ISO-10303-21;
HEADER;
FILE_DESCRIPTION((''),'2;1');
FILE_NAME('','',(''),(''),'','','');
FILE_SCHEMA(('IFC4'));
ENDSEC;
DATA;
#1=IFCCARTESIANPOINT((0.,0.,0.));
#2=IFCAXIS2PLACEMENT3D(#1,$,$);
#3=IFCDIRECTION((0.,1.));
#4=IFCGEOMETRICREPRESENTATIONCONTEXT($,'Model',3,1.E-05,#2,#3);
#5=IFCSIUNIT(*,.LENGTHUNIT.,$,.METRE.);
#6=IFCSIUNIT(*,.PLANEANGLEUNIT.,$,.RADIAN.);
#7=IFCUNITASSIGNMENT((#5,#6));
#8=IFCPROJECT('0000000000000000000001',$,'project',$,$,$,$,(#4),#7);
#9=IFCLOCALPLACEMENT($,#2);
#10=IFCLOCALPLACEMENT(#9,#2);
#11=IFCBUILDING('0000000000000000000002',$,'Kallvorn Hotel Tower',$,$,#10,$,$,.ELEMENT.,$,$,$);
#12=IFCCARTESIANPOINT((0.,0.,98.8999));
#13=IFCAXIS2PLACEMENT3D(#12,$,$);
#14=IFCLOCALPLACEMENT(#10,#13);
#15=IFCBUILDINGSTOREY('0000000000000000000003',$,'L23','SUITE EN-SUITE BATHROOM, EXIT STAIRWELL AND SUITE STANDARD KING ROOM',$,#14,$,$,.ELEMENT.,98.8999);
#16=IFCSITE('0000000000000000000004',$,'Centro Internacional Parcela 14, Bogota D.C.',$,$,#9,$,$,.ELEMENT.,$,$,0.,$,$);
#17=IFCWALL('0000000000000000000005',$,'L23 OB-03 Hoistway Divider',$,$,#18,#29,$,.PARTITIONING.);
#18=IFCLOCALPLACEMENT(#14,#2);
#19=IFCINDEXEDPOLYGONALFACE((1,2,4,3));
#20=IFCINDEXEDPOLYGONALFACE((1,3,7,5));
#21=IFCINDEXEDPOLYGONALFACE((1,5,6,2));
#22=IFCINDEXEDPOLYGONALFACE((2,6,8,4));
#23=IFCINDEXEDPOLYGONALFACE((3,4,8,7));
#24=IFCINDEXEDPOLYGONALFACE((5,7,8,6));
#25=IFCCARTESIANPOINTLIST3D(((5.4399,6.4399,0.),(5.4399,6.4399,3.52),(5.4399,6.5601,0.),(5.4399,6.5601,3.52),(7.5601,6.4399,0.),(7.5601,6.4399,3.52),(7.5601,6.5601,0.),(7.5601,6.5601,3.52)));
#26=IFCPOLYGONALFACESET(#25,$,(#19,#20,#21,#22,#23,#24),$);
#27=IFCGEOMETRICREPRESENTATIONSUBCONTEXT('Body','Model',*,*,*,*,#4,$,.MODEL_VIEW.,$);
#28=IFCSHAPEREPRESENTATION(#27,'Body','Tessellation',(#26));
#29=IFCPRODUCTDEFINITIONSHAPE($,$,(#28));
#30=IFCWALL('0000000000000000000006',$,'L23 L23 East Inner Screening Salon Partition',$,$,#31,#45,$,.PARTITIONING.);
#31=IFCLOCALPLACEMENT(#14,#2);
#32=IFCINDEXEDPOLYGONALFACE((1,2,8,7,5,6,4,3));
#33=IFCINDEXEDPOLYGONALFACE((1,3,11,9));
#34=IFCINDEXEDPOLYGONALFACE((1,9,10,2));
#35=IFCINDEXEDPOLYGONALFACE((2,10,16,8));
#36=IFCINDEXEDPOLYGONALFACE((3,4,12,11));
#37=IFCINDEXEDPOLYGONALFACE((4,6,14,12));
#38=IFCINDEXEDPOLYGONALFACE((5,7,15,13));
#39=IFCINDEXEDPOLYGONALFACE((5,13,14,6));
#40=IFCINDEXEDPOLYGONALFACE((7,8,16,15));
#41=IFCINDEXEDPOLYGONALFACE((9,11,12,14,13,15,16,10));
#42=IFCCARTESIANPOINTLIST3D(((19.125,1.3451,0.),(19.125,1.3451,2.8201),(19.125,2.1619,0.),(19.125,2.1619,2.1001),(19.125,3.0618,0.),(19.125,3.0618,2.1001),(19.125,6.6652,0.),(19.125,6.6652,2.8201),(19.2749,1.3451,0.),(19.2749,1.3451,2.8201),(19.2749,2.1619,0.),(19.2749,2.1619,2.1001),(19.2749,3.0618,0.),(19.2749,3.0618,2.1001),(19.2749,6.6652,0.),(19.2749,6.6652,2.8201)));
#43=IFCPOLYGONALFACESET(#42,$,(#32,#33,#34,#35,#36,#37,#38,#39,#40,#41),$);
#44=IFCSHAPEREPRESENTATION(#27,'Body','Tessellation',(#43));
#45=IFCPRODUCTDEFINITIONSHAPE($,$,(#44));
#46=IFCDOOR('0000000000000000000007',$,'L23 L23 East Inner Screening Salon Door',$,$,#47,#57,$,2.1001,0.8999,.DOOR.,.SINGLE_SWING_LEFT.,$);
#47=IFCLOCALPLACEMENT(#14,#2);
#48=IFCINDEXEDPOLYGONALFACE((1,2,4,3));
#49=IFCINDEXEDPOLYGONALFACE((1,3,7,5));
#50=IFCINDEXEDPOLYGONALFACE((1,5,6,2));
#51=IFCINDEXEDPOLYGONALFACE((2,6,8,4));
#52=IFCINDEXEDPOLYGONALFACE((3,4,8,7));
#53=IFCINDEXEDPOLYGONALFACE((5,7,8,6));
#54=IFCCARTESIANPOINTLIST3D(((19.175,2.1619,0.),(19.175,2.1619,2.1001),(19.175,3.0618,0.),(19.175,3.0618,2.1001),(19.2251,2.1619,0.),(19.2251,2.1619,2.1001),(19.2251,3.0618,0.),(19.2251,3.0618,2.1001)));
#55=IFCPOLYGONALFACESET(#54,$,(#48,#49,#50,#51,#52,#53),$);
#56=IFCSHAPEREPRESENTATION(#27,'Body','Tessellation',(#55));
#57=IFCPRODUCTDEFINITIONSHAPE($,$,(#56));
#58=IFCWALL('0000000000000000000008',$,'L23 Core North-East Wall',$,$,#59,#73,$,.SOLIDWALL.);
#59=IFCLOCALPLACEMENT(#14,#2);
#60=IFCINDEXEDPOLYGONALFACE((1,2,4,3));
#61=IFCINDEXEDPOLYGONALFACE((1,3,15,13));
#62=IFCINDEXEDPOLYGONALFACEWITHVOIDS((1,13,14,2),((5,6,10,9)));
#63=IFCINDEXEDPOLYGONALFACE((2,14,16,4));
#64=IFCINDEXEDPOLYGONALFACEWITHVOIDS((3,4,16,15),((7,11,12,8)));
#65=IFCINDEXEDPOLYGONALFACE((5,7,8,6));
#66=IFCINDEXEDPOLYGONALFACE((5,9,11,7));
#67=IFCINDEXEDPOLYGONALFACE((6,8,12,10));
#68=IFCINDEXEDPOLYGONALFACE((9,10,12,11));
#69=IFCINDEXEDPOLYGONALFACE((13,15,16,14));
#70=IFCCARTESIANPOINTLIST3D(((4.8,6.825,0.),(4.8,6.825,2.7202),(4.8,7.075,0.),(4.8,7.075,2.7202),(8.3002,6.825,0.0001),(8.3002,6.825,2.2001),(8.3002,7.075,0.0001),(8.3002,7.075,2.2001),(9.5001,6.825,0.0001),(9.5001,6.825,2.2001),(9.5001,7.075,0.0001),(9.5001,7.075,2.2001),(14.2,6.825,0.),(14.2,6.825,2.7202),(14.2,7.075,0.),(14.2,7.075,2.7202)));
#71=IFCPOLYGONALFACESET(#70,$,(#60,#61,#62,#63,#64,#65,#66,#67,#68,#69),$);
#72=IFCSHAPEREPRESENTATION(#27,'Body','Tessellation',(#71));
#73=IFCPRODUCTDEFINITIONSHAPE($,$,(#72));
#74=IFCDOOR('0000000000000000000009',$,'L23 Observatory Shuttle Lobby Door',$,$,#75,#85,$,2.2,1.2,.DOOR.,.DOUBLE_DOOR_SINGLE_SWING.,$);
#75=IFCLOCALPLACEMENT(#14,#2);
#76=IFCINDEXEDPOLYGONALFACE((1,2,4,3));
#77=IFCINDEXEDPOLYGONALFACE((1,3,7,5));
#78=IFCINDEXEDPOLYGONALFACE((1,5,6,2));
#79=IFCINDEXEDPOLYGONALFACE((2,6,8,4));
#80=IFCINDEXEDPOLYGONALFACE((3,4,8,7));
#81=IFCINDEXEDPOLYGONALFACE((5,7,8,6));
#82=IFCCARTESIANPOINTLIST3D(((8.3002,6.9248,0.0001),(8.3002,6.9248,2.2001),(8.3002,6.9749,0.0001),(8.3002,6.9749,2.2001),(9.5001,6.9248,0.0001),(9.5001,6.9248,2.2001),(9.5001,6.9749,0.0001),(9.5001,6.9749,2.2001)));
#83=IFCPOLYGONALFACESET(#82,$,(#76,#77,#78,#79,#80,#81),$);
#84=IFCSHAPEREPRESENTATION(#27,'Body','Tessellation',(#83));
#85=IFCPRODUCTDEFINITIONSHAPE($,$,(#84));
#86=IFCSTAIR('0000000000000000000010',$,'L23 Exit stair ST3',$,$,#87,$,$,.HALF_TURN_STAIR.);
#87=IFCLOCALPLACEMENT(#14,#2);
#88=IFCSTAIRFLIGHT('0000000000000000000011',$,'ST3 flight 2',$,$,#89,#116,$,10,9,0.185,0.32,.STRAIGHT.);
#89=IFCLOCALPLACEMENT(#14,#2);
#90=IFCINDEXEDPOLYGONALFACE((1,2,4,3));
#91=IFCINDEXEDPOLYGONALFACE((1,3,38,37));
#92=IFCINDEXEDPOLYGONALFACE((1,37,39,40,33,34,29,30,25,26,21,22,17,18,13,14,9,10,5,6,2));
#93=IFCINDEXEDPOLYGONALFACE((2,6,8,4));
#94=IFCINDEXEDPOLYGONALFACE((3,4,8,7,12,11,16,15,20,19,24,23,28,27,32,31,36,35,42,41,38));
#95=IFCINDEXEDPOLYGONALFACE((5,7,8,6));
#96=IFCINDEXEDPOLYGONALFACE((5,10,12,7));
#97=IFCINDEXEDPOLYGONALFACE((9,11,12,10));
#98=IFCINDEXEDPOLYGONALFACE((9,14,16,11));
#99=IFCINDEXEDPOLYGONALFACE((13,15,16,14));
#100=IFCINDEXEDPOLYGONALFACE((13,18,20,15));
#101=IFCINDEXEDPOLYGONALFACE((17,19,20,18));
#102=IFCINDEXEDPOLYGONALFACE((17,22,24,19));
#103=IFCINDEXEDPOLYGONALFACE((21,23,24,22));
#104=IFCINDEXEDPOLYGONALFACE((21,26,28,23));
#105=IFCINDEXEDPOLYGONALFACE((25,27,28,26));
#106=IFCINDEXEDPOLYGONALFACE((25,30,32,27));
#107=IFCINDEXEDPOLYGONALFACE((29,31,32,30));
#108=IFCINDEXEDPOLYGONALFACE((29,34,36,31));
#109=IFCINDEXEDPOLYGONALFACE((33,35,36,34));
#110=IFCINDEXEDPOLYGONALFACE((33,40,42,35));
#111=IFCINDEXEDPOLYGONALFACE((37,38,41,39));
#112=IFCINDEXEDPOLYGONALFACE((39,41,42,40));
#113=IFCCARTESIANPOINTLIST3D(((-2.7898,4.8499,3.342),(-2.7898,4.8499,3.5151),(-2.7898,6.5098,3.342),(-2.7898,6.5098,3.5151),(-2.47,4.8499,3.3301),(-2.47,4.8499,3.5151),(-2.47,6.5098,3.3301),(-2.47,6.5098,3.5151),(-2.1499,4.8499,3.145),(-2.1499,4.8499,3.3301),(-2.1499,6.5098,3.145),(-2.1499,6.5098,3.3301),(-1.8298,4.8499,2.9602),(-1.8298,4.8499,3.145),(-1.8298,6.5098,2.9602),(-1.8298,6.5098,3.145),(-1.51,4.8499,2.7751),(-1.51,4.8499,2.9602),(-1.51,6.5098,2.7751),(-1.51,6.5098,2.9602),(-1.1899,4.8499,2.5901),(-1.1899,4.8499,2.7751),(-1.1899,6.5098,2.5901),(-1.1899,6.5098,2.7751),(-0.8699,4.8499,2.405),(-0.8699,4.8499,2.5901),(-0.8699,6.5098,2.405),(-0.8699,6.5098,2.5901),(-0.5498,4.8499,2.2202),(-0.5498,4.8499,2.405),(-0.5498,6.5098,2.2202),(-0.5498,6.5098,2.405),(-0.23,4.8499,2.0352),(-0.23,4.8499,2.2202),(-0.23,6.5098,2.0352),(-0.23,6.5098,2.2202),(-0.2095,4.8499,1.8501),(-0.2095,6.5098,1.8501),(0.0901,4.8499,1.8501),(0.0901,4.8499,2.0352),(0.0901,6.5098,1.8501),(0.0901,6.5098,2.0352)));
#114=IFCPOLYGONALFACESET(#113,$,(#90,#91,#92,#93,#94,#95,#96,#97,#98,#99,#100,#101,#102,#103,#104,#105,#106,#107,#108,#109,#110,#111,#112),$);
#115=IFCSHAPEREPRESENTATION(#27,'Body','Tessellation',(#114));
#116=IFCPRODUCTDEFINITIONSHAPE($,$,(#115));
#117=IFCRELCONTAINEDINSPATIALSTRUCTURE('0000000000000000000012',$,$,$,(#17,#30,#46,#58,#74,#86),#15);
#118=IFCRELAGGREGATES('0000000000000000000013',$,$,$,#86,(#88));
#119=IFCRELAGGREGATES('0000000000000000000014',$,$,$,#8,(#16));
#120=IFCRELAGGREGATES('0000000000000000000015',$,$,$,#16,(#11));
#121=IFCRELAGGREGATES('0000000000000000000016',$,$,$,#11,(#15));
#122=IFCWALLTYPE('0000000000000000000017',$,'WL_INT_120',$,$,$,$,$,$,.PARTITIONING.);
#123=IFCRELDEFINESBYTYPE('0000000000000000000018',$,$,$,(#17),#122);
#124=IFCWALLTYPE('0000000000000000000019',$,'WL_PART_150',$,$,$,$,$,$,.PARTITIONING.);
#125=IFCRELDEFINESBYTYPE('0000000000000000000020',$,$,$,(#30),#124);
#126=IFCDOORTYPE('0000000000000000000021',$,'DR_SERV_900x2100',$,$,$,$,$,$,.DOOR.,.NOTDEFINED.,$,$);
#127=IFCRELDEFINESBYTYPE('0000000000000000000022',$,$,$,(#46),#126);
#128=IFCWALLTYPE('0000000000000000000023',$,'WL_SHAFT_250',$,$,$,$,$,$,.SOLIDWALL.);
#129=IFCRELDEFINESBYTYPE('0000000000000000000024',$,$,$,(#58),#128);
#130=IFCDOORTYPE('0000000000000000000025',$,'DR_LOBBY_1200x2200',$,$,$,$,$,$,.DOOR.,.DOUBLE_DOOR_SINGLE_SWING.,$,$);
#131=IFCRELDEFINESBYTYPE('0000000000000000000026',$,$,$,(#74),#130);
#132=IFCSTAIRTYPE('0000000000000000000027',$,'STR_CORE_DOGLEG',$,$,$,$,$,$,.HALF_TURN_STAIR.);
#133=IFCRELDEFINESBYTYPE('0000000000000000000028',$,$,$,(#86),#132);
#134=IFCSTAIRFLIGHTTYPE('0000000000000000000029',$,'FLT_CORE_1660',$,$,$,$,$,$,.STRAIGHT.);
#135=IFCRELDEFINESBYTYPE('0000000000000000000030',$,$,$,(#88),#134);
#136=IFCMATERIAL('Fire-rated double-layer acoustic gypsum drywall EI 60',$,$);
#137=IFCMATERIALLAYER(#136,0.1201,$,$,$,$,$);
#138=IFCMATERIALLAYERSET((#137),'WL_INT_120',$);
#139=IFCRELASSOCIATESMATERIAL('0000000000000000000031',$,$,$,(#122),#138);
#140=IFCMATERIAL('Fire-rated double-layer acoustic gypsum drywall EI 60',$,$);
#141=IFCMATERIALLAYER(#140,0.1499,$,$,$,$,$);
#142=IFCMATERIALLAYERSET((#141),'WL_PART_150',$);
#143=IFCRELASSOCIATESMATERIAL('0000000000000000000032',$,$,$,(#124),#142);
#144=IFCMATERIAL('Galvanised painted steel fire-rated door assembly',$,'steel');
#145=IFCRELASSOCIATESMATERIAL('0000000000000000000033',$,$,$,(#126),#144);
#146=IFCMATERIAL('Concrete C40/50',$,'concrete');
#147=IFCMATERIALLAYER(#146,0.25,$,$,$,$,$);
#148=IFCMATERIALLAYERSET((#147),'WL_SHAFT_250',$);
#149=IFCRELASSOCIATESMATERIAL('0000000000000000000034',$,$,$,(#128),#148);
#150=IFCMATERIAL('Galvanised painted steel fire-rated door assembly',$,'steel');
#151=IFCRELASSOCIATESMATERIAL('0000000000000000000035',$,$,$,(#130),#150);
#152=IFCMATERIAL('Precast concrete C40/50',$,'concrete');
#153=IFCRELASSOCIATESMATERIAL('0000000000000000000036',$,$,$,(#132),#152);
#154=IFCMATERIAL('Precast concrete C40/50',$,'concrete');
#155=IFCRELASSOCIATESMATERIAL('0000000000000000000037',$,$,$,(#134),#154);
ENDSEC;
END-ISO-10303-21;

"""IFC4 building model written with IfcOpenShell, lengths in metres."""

from ifc_helpers import new_model, si_unit, direction, frame, frame_2d, origin, place, context, subcontext, project, spatial, polyline, rectangle, outline, extrude, material, layer, layer_set, type_object, element, fill, aggregate, save


model = new_model("IFC4")

# Units and contexts
model_context = context("Model", 3, precision=1e-05, world=origin(), true_north=direction((0.0, 1.0)))
body_context = subcontext(model_context, "Body", "Model", "MODEL_VIEW")
ifc_project = project(units=[si_unit("LENGTHUNIT", "METRE"), si_unit("PLANEANGLEUNIT", "RADIAN")], contexts=[model_context])

# Site, building, storey
site_placement = place(None, origin())
site = spatial("IfcSite", under=ifc_project, at=site_placement, Name="Centro Internacional Parcela 14, Bogota D.C.", CompositionType="ELEMENT", RefElevation=0.0)
building_placement = place(site_placement, origin())
building = spatial("IfcBuilding", under=site, at=building_placement, Name="Kallvorn Hotel Tower", CompositionType="ELEMENT")
storey_placement = place(building_placement, frame((0.0, 0.0, 98.8999)))
storey = spatial("IfcBuildingStorey", under=building, at=storey_placement, Name="L23", Description="SUITE EN-SUITE BATHROOM, EXIT STAIRWELL AND SUITE STANDARD KING ROOM", CompositionType="ELEMENT", Elevation=98.8999)

# Wall
ifc_material_1 = material(Name="Fire-rated double-layer acoustic gypsum drywall EI 60")
ifc_layer_1 = layer(ifc_material_1, 0.1201)
ifc_layer_set_1 = layer_set([ifc_layer_1], Name="WL_INT_120")
wall_type_1 = type_object("IfcWallType", Name="WL_INT_120", PredefinedType="PARTITIONING", material=ifc_layer_set_1)
for number, where, z_axis, x_axis, name in (
    (1, (5.4399, 6.5, 0.0), (0.0, 0.0, 1.0), (1.0, 0.0, 0.0), "L23 OB-03 Hoistway Divider"),
):
    element("IfcWall", number, at=place(storey_placement, frame(where, z_axis=z_axis, x_axis=x_axis)), inside=storey, type_object=wall_type_1, Name=name, PredefinedType="PARTITIONING", context=body_context, shape_type="SweptSolid", body=[
        extrude(rectangle(XDim=2.1201, YDim=0.1201, at=frame_2d((1.0601, 0.0))), origin(), (0.0, 0.0, 1.0), 3.52),
    ])

# Walls, openings, doors
ifc_material_2 = material(Name="Fire-rated double-layer acoustic gypsum drywall EI 60")
ifc_layer_2 = layer(ifc_material_2, 0.1499)
ifc_layer_set_2 = layer_set([ifc_layer_2], Name="WL_PART_150")
wall_type_2 = type_object("IfcWallType", Name="WL_PART_150", PredefinedType="PARTITIONING", material=ifc_layer_set_2)
wall_1_placement = place(storey_placement, frame((19.2, 1.345, 0.0), z_axis=(0.0, 0.0, 1.0), x_axis=(0.0, 1.0, 0.0)))
wall_1 = element("IfcWall", 2, at=wall_1_placement, inside=storey, type_object=wall_type_2, Name="L23 L23 East Inner Screening Salon Partition", PredefinedType="PARTITIONING", context=body_context, shape_type="SweptSolid", body=[
    extrude(rectangle(XDim=5.3201, YDim=0.1499, at=frame_2d((2.6602, 0.0))), origin(), (0.0, 0.0, 1.0), 2.8201),
])
opening_1_placement = place(wall_1_placement, frame((0.8169, 0.0, 0.0)))
opening_1 = element("IfcOpeningElement", 3, at=opening_1_placement, cuts=wall_1, PredefinedType="OPENING", context=body_context, shape_type="SweptSolid", body=[
    extrude(rectangle(XDim=0.8999, YDim=2.1001, at=frame_2d((0.45, 1.05))), frame((0.0, 0.0898, 0.0), z_axis=(0.0, -1.0, 0.0), x_axis=(1.0, 0.0, 0.0)), (0.0, 0.0, 1.0), 0.1799),
])
ifc_material_3 = material(Name="Galvanised painted steel fire-rated door assembly", Category="steel")
door_type_1 = type_object("IfcDoorType", Name="DR_SERV_900x2100", OperationType="NOTDEFINED", PredefinedType="DOOR", material=ifc_material_3)
door_1_placement = place(opening_1_placement, origin())
door_1 = element("IfcDoor", 4, at=door_1_placement, inside=storey, type_object=door_type_1, Name="L23 L23 East Inner Screening Salon Door", OperationType="SINGLE_SWING_LEFT", OverallHeight=2.1001, OverallWidth=0.8999, PredefinedType="DOOR", context=body_context, shape_type="SweptSolid", body=[
    extrude(rectangle(XDim=0.8999, YDim=2.1001, at=frame_2d((0.45, 1.05))), frame((0.0, 0.0249, 0.0), z_axis=(0.0, -1.0, 0.0), x_axis=(1.0, 0.0, 0.0)), (0.0, 0.0, 1.0), 0.05),
])
fill(opening_1, door_1)
ifc_material_4 = material(Name="Concrete C40/50", Category="concrete")
ifc_layer_3 = layer(ifc_material_4, 0.25)
ifc_layer_set_3 = layer_set([ifc_layer_3], Name="WL_SHAFT_250")
wall_type_3 = type_object("IfcWallType", Name="WL_SHAFT_250", PredefinedType="SOLIDWALL", material=ifc_layer_set_3)
wall_2_placement = place(storey_placement, frame((4.8, 6.95, 0.0), z_axis=(0.0, 0.0, 1.0), x_axis=(1.0, 0.0, 0.0)))
wall_2 = element("IfcWall", 5, at=wall_2_placement, inside=storey, type_object=wall_type_3, Name="L23 Core North-East Wall", PredefinedType="SOLIDWALL", context=body_context, shape_type="SweptSolid", body=[
    extrude(rectangle(XDim=9.3999, YDim=0.25, at=frame_2d((4.7, 0.0))), origin(), (0.0, 0.0, 1.0), 2.7202),
])
opening_2_placement = place(wall_2_placement, frame((3.5, 0.0, 0.0)))
opening_2 = element("IfcOpeningElement", 6, at=opening_2_placement, cuts=wall_2, PredefinedType="OPENING", context=body_context, shape_type="SweptSolid", body=[
    extrude(rectangle(XDim=1.2, YDim=2.2, at=frame_2d((0.6001, 1.1001))), frame((0.0, 0.1399, 0.0), z_axis=(0.0, -1.0, 0.0), x_axis=(1.0, 0.0, 0.0)), (0.0, 0.0, 1.0), 0.28),
])
ifc_material_5 = material(Name="Galvanised painted steel fire-rated door assembly", Category="steel")
door_type_2 = type_object("IfcDoorType", Name="DR_LOBBY_1200x2200", OperationType="DOUBLE_DOOR_SINGLE_SWING", PredefinedType="DOOR", material=ifc_material_5)
door_2_placement = place(opening_2_placement, origin())
door_2 = element("IfcDoor", 7, at=door_2_placement, inside=storey, type_object=door_type_2, Name="L23 Observatory Shuttle Lobby Door", OperationType="DOUBLE_DOOR_SINGLE_SWING", OverallHeight=2.2, OverallWidth=1.2, PredefinedType="DOOR", context=body_context, shape_type="SweptSolid", body=[
    extrude(rectangle(XDim=1.2, YDim=2.2, at=frame_2d((0.6001, 1.1001))), frame((0.0, 0.0249, 0.0), z_axis=(0.0, -1.0, 0.0), x_axis=(1.0, 0.0, 0.0)), (0.0, 0.0, 1.0), 0.05),
])
fill(opening_2, door_2)

# Stair, stair flight
ifc_material_6 = material(Name="Precast concrete C40/50", Category="concrete")
stair_type = type_object("IfcStairType", Name="STR_CORE_DOGLEG", PredefinedType="HALF_TURN_STAIR", material=ifc_material_6)
stair_placement = place(storey_placement, origin())
stair = element("IfcStair", 8, at=stair_placement, inside=storey, type_object=stair_type, Name="L23 Exit stair ST3", PredefinedType="HALF_TURN_STAIR")
ifc_material_7 = material(Name="Precast concrete C40/50", Category="concrete")
stair_flight_type = type_object("IfcStairFlightType", Name="FLT_CORE_1660", PredefinedType="STRAIGHT", material=ifc_material_7)
stair_flight_placement = place(storey_placement, frame((0.0901, 5.6799, 1.8501), z_axis=(0.0, 0.0, 1.0), x_axis=(-1.0, 0.0, 0.0)))
stair_flight = element("IfcStairFlight", 9, at=stair_flight_placement, type_object=stair_flight_type, Name="ST3 flight 2", NumberOfRisers=10, NumberOfTreads=9, PredefinedType="STRAIGHT", RiserHeight=0.185, TreadLength=0.32, context=body_context, shape_type="SweptSolid", body=[
    extrude(outline(polyline([(0.0, 0.0), (0.0, 0.1851), (0.3201, 0.1851), (0.3201, 0.3701), (0.6399, 0.3701), (0.6399, 0.5549), (0.96, 0.5549), (0.96, 0.74), (1.28, 0.74), (1.28, 0.925), (1.6001, 0.925), (1.6001, 1.1101), (1.9199, 1.1101), (1.9199, 1.2949), (2.24, 1.2949), (2.24, 1.48), (2.5601, 1.48), (2.5601, 1.665), (2.8799, 1.665), (2.8799, 1.8501), (2.8799, 1.4919), (0.2996, 0.0), (0.0, 0.0)])), frame((0.0, 0.8301, 0.0), z_axis=(0.0, -1.0, 0.0), x_axis=(1.0, 0.0, 0.0)), (0.0, 0.0, 1.0), 1.6599),
])
aggregate(stair, [stair_flight])

save(model, "model.ifc")
